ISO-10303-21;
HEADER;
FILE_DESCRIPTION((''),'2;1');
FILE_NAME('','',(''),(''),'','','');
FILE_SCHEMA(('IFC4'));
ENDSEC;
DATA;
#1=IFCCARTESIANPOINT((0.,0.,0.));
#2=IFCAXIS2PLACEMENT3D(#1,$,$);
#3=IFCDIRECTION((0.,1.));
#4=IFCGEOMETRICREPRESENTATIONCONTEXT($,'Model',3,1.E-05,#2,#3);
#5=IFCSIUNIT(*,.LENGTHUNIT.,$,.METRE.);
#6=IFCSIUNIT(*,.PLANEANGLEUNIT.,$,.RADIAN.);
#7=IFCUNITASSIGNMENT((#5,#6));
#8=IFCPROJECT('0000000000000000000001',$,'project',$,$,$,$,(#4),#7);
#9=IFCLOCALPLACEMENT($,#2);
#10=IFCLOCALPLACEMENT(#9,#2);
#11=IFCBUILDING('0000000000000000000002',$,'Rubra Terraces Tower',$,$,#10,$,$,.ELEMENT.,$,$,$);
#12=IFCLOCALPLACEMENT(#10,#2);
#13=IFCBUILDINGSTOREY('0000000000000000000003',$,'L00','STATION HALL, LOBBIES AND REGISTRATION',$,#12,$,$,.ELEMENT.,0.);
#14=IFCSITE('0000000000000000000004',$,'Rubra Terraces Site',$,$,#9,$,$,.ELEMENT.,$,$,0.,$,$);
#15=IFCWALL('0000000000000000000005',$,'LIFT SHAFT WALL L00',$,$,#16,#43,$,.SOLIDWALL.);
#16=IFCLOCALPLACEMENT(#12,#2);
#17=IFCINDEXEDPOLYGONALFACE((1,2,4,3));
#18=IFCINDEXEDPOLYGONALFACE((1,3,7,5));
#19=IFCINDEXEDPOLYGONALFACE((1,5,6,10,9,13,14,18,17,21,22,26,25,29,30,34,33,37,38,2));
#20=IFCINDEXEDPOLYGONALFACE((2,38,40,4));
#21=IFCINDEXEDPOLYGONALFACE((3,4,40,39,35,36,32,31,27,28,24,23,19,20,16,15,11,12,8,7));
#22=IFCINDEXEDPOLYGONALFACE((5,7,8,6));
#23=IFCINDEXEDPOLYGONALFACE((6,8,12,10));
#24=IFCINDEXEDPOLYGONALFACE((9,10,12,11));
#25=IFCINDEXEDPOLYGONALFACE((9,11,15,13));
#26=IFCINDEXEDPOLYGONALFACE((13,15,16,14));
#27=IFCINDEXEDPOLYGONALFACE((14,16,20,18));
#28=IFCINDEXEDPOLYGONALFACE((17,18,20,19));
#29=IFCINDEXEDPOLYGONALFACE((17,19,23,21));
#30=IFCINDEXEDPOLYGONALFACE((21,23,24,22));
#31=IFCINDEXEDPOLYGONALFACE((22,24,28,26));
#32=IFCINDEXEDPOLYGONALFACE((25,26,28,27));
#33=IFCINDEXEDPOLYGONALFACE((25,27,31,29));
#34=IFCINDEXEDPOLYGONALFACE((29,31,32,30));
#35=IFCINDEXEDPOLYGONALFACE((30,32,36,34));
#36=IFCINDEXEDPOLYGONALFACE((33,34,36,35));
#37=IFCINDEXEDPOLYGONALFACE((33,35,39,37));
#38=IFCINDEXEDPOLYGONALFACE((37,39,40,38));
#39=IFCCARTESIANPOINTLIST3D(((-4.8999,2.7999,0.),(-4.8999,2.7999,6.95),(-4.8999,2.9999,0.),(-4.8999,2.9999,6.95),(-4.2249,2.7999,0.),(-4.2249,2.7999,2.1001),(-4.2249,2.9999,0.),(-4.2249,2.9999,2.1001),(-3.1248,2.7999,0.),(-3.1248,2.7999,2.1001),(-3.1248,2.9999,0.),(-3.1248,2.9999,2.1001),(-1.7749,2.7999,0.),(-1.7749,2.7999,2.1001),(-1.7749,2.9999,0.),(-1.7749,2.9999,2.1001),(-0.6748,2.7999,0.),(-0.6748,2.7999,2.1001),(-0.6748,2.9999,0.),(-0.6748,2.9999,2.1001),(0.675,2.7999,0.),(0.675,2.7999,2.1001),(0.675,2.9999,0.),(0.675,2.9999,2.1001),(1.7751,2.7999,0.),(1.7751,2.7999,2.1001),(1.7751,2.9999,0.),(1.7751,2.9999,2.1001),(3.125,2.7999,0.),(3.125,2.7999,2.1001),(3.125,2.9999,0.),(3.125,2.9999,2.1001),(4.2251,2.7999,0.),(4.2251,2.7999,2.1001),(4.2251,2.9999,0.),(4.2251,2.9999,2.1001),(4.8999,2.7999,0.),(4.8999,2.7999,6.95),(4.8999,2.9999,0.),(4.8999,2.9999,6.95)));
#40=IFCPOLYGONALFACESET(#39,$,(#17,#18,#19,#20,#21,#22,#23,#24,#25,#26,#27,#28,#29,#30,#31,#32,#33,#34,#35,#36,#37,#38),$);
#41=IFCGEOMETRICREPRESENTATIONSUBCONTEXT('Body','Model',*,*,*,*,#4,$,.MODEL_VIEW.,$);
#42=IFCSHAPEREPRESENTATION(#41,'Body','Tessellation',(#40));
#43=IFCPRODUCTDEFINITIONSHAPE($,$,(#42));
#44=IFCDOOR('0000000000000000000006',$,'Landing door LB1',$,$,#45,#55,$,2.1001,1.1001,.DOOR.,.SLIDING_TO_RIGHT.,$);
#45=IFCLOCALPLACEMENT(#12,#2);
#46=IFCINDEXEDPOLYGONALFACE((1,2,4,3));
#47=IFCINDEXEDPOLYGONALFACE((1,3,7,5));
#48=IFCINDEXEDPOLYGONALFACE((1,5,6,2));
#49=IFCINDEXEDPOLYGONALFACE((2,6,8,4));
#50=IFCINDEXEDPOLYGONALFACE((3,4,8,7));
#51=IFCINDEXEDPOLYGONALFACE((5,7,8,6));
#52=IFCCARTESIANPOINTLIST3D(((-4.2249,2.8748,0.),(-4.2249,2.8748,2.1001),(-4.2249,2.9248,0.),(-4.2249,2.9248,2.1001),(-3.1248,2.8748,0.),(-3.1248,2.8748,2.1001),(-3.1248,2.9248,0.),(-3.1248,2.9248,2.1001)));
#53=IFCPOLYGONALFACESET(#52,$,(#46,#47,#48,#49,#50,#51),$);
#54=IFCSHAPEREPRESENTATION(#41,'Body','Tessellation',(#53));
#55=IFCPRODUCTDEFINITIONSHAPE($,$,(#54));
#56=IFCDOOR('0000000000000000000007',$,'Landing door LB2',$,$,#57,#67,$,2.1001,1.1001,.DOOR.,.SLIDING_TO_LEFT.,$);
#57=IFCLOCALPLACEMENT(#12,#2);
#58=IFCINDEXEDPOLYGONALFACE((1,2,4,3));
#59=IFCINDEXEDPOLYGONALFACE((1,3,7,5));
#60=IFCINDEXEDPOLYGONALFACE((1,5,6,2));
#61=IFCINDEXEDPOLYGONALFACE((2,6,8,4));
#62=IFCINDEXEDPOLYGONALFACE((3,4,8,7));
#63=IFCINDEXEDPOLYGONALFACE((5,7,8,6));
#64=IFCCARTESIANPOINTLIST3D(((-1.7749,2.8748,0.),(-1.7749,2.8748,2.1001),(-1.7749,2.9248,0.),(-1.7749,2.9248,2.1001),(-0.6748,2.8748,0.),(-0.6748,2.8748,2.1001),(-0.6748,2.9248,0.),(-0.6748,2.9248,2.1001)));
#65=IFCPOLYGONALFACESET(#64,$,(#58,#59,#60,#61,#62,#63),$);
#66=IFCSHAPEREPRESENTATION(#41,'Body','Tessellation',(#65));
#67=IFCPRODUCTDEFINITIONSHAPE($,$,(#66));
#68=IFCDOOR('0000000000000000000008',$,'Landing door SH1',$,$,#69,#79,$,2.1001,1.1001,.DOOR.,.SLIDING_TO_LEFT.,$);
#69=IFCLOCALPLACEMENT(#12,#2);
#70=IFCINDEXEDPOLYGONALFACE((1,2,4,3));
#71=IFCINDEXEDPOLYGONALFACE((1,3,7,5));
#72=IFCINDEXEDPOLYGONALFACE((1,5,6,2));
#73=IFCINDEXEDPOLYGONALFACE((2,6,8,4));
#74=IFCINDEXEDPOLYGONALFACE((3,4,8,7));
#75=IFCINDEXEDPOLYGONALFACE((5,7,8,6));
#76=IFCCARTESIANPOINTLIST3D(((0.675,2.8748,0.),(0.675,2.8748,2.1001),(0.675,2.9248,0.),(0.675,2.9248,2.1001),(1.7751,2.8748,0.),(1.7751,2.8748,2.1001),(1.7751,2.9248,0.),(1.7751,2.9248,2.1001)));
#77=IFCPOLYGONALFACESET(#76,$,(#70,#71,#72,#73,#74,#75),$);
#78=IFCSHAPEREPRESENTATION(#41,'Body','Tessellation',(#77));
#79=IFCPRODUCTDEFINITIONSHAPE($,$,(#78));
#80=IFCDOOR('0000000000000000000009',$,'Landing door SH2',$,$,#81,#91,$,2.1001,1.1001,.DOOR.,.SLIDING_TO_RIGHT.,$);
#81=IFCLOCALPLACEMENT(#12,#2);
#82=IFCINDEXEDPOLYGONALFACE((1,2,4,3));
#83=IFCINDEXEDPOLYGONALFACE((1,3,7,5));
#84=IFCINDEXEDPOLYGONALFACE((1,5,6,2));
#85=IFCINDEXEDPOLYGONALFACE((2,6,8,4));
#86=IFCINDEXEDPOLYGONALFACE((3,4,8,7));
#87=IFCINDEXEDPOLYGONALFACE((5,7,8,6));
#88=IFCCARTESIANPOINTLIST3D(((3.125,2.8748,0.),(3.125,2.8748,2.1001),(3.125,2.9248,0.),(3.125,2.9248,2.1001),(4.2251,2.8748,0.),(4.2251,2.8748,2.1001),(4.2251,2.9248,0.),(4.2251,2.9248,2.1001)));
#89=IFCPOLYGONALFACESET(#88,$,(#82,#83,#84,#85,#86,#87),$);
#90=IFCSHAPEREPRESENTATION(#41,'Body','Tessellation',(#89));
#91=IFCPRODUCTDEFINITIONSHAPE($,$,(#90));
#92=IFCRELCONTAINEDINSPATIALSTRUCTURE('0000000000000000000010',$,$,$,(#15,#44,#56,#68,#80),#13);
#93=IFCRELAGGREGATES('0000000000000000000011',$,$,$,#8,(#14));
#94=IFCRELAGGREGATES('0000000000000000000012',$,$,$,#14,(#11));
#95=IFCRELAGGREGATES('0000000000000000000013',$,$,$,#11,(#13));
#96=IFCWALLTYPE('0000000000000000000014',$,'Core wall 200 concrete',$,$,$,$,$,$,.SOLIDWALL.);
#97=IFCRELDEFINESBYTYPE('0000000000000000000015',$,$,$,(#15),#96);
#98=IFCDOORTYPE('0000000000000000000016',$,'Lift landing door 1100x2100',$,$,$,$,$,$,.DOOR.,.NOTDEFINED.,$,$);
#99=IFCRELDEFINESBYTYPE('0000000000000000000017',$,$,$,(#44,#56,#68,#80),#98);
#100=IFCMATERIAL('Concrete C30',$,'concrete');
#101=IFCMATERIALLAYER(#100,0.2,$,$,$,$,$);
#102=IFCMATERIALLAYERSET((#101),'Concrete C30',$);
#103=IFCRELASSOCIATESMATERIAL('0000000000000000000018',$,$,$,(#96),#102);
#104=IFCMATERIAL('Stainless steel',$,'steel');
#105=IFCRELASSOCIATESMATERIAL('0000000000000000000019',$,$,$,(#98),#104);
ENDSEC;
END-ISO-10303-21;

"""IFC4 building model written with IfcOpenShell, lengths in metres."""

from ifc_helpers import new_model, si_unit, direction, frame, frame_2d, origin, place, context, subcontext, project, spatial, rectangle, extrude, material, layer, layer_set, type_object, element, fill, save


model = new_model("IFC4")

# Units and contexts
model_context = context("Model", 3, precision=1e-05, world=origin(), true_north=direction((0.0, 1.0)))
body_context = subcontext(model_context, "Body", "Model", "MODEL_VIEW")
ifc_project = project(units=[si_unit("LENGTHUNIT", "METRE"), si_unit("PLANEANGLEUNIT", "RADIAN")], contexts=[model_context])

# Site, building, storey
site_placement = place(None, origin())
site = spatial("IfcSite", under=ifc_project, at=site_placement, Name="Rubra Terraces Site", CompositionType="ELEMENT", RefElevation=0.0)
building_placement = place(site_placement, origin())
building = spatial("IfcBuilding", under=site, at=building_placement, Name="Rubra Terraces Tower", CompositionType="ELEMENT")
storey_placement = place(building_placement, origin())
storey = spatial("IfcBuildingStorey", under=building, at=storey_placement, Name="L00", Description="STATION HALL, LOBBIES AND REGISTRATION", CompositionType="ELEMENT", Elevation=0.0)

# Shared definitions
ifc_material_1 = material(Name="Concrete C30", Category="concrete")
ifc_layer_1 = layer(ifc_material_1, 0.2)
ifc_layer_set_1 = layer_set([ifc_layer_1], Name="Concrete C30")
wall_type_1 = type_object("IfcWallType", Name="Core wall 200 concrete", PredefinedType="SOLIDWALL", material=ifc_layer_set_1)

# Wall, openings, doors
wall_1_placement = place(storey_placement, frame((-4.8999, 2.8999, 0.0), z_axis=(0.0, 0.0, 1.0), x_axis=(1.0, 0.0, 0.0)))
wall_1 = element("IfcWall", 1, at=wall_1_placement, inside=storey, type_object=wall_type_1, Name="LIFT SHAFT WALL L00", PredefinedType="SOLIDWALL", context=body_context, shape_type="SweptSolid", body=[
    extrude(rectangle(XDim=9.7998, YDim=0.2, at=frame_2d((4.8999, 0.0))), origin(), (0.0, 0.0, 1.0), 6.95),
])
opening_1_placement = place(wall_1_placement, frame((0.675, 0.0, 0.0)))
opening_1 = element("IfcOpeningElement", 2, at=opening_1_placement, cuts=wall_1, PredefinedType="OPENING", context=body_context, shape_type="SweptSolid", body=[
    extrude(rectangle(XDim=1.1001, YDim=2.1001, at=frame_2d((0.55, 1.05))), frame((0.0, 0.1099, 0.0), z_axis=(0.0, -1.0, 0.0), x_axis=(1.0, 0.0, 0.0)), (0.0, 0.0, 1.0), 0.22),
])
opening_2_placement = place(wall_1_placement, frame((3.125, 0.0, 0.0)))
opening_2 = element("IfcOpeningElement", 3, at=opening_2_placement, cuts=wall_1, PredefinedType="OPENING", context=body_context, shape_type="SweptSolid", body=[
    extrude(rectangle(XDim=1.1001, YDim=2.1001, at=frame_2d((0.55, 1.05))), frame((0.0, 0.1099, 0.0), z_axis=(0.0, -1.0, 0.0), x_axis=(1.0, 0.0, 0.0)), (0.0, 0.0, 1.0), 0.22),
])
opening_3_placement = place(wall_1_placement, frame((5.575, 0.0, 0.0)))
opening_3 = element("IfcOpeningElement", 4, at=opening_3_placement, cuts=wall_1, PredefinedType="OPENING", context=body_context, shape_type="SweptSolid", body=[
    extrude(rectangle(XDim=1.1001, YDim=2.1001, at=frame_2d((0.55, 1.05))), frame((0.0, 0.1099, 0.0), z_axis=(0.0, -1.0, 0.0), x_axis=(1.0, 0.0, 0.0)), (0.0, 0.0, 1.0), 0.22),
])
opening_4_placement = place(wall_1_placement, frame((8.0249, 0.0, 0.0)))
opening_4 = element("IfcOpeningElement", 5, at=opening_4_placement, cuts=wall_1, PredefinedType="OPENING", context=body_context, shape_type="SweptSolid", body=[
    extrude(rectangle(XDim=1.1001, YDim=2.1001, at=frame_2d((0.55, 1.05))), frame((0.0, 0.1099, 0.0), z_axis=(0.0, -1.0, 0.0), x_axis=(1.0, 0.0, 0.0)), (0.0, 0.0, 1.0), 0.22),
])
ifc_material_2 = material(Name="Stainless steel", Category="steel")
door_type = type_object("IfcDoorType", Name="Lift landing door 1100x2100", OperationType="NOTDEFINED", PredefinedType="DOOR", material=ifc_material_2)
door_1_placement = place(opening_1_placement, origin())
door_1 = element("IfcDoor", 6, at=door_1_placement, inside=storey, type_object=door_type, Name="Landing door LB1", OperationType="SLIDING_TO_RIGHT", OverallHeight=2.1001, OverallWidth=1.1001, PredefinedType="DOOR", context=body_context, shape_type="SweptSolid", body=[
    extrude(rectangle(XDim=1.1001, YDim=2.1001, at=frame_2d((0.55, 1.05))), frame((0.0, 0.0249, 0.0), z_axis=(0.0, -1.0, 0.0), x_axis=(1.0, 0.0, 0.0)), (0.0, 0.0, 1.0), 0.05),
])
fill(opening_1, door_1)
door_2_placement = place(opening_2_placement, origin())
door_2 = element("IfcDoor", 7, at=door_2_placement, inside=storey, type_object=door_type, Name="Landing door LB2", OperationType="SLIDING_TO_LEFT", OverallHeight=2.1001, OverallWidth=1.1001, PredefinedType="DOOR", context=body_context, shape_type="SweptSolid", body=[
    extrude(rectangle(XDim=1.1001, YDim=2.1001, at=frame_2d((0.55, 1.05))), frame((0.0, 0.0249, 0.0), z_axis=(0.0, -1.0, 0.0), x_axis=(1.0, 0.0, 0.0)), (0.0, 0.0, 1.0), 0.05),
])
fill(opening_2, door_2)
door_3_placement = place(opening_3_placement, origin())
door_3 = element("IfcDoor", 8, at=door_3_placement, inside=storey, type_object=door_type, Name="Landing door SH1", OperationType="SLIDING_TO_LEFT", OverallHeight=2.1001, OverallWidth=1.1001, PredefinedType="DOOR", context=body_context, shape_type="SweptSolid", body=[
    extrude(rectangle(XDim=1.1001, YDim=2.1001, at=frame_2d((0.55, 1.05))), frame((0.0, 0.0249, 0.0), z_axis=(0.0, -1.0, 0.0), x_axis=(1.0, 0.0, 0.0)), (0.0, 0.0, 1.0), 0.05),
])
fill(opening_3, door_3)
door_4_placement = place(opening_4_placement, origin())
door_4 = element("IfcDoor", 9, at=door_4_placement, inside=storey, type_object=door_type, Name="Landing door SH2", OperationType="SLIDING_TO_RIGHT", OverallHeight=2.1001, OverallWidth=1.1001, PredefinedType="DOOR", context=body_context, shape_type="SweptSolid", body=[
    extrude(rectangle(XDim=1.1001, YDim=2.1001, at=frame_2d((0.55, 1.05))), frame((0.0, 0.0249, 0.0), z_axis=(0.0, -1.0, 0.0), x_axis=(1.0, 0.0, 0.0)), (0.0, 0.0, 1.0), 0.05),
])
fill(opening_4, door_4)

save(model, "model.ifc")
